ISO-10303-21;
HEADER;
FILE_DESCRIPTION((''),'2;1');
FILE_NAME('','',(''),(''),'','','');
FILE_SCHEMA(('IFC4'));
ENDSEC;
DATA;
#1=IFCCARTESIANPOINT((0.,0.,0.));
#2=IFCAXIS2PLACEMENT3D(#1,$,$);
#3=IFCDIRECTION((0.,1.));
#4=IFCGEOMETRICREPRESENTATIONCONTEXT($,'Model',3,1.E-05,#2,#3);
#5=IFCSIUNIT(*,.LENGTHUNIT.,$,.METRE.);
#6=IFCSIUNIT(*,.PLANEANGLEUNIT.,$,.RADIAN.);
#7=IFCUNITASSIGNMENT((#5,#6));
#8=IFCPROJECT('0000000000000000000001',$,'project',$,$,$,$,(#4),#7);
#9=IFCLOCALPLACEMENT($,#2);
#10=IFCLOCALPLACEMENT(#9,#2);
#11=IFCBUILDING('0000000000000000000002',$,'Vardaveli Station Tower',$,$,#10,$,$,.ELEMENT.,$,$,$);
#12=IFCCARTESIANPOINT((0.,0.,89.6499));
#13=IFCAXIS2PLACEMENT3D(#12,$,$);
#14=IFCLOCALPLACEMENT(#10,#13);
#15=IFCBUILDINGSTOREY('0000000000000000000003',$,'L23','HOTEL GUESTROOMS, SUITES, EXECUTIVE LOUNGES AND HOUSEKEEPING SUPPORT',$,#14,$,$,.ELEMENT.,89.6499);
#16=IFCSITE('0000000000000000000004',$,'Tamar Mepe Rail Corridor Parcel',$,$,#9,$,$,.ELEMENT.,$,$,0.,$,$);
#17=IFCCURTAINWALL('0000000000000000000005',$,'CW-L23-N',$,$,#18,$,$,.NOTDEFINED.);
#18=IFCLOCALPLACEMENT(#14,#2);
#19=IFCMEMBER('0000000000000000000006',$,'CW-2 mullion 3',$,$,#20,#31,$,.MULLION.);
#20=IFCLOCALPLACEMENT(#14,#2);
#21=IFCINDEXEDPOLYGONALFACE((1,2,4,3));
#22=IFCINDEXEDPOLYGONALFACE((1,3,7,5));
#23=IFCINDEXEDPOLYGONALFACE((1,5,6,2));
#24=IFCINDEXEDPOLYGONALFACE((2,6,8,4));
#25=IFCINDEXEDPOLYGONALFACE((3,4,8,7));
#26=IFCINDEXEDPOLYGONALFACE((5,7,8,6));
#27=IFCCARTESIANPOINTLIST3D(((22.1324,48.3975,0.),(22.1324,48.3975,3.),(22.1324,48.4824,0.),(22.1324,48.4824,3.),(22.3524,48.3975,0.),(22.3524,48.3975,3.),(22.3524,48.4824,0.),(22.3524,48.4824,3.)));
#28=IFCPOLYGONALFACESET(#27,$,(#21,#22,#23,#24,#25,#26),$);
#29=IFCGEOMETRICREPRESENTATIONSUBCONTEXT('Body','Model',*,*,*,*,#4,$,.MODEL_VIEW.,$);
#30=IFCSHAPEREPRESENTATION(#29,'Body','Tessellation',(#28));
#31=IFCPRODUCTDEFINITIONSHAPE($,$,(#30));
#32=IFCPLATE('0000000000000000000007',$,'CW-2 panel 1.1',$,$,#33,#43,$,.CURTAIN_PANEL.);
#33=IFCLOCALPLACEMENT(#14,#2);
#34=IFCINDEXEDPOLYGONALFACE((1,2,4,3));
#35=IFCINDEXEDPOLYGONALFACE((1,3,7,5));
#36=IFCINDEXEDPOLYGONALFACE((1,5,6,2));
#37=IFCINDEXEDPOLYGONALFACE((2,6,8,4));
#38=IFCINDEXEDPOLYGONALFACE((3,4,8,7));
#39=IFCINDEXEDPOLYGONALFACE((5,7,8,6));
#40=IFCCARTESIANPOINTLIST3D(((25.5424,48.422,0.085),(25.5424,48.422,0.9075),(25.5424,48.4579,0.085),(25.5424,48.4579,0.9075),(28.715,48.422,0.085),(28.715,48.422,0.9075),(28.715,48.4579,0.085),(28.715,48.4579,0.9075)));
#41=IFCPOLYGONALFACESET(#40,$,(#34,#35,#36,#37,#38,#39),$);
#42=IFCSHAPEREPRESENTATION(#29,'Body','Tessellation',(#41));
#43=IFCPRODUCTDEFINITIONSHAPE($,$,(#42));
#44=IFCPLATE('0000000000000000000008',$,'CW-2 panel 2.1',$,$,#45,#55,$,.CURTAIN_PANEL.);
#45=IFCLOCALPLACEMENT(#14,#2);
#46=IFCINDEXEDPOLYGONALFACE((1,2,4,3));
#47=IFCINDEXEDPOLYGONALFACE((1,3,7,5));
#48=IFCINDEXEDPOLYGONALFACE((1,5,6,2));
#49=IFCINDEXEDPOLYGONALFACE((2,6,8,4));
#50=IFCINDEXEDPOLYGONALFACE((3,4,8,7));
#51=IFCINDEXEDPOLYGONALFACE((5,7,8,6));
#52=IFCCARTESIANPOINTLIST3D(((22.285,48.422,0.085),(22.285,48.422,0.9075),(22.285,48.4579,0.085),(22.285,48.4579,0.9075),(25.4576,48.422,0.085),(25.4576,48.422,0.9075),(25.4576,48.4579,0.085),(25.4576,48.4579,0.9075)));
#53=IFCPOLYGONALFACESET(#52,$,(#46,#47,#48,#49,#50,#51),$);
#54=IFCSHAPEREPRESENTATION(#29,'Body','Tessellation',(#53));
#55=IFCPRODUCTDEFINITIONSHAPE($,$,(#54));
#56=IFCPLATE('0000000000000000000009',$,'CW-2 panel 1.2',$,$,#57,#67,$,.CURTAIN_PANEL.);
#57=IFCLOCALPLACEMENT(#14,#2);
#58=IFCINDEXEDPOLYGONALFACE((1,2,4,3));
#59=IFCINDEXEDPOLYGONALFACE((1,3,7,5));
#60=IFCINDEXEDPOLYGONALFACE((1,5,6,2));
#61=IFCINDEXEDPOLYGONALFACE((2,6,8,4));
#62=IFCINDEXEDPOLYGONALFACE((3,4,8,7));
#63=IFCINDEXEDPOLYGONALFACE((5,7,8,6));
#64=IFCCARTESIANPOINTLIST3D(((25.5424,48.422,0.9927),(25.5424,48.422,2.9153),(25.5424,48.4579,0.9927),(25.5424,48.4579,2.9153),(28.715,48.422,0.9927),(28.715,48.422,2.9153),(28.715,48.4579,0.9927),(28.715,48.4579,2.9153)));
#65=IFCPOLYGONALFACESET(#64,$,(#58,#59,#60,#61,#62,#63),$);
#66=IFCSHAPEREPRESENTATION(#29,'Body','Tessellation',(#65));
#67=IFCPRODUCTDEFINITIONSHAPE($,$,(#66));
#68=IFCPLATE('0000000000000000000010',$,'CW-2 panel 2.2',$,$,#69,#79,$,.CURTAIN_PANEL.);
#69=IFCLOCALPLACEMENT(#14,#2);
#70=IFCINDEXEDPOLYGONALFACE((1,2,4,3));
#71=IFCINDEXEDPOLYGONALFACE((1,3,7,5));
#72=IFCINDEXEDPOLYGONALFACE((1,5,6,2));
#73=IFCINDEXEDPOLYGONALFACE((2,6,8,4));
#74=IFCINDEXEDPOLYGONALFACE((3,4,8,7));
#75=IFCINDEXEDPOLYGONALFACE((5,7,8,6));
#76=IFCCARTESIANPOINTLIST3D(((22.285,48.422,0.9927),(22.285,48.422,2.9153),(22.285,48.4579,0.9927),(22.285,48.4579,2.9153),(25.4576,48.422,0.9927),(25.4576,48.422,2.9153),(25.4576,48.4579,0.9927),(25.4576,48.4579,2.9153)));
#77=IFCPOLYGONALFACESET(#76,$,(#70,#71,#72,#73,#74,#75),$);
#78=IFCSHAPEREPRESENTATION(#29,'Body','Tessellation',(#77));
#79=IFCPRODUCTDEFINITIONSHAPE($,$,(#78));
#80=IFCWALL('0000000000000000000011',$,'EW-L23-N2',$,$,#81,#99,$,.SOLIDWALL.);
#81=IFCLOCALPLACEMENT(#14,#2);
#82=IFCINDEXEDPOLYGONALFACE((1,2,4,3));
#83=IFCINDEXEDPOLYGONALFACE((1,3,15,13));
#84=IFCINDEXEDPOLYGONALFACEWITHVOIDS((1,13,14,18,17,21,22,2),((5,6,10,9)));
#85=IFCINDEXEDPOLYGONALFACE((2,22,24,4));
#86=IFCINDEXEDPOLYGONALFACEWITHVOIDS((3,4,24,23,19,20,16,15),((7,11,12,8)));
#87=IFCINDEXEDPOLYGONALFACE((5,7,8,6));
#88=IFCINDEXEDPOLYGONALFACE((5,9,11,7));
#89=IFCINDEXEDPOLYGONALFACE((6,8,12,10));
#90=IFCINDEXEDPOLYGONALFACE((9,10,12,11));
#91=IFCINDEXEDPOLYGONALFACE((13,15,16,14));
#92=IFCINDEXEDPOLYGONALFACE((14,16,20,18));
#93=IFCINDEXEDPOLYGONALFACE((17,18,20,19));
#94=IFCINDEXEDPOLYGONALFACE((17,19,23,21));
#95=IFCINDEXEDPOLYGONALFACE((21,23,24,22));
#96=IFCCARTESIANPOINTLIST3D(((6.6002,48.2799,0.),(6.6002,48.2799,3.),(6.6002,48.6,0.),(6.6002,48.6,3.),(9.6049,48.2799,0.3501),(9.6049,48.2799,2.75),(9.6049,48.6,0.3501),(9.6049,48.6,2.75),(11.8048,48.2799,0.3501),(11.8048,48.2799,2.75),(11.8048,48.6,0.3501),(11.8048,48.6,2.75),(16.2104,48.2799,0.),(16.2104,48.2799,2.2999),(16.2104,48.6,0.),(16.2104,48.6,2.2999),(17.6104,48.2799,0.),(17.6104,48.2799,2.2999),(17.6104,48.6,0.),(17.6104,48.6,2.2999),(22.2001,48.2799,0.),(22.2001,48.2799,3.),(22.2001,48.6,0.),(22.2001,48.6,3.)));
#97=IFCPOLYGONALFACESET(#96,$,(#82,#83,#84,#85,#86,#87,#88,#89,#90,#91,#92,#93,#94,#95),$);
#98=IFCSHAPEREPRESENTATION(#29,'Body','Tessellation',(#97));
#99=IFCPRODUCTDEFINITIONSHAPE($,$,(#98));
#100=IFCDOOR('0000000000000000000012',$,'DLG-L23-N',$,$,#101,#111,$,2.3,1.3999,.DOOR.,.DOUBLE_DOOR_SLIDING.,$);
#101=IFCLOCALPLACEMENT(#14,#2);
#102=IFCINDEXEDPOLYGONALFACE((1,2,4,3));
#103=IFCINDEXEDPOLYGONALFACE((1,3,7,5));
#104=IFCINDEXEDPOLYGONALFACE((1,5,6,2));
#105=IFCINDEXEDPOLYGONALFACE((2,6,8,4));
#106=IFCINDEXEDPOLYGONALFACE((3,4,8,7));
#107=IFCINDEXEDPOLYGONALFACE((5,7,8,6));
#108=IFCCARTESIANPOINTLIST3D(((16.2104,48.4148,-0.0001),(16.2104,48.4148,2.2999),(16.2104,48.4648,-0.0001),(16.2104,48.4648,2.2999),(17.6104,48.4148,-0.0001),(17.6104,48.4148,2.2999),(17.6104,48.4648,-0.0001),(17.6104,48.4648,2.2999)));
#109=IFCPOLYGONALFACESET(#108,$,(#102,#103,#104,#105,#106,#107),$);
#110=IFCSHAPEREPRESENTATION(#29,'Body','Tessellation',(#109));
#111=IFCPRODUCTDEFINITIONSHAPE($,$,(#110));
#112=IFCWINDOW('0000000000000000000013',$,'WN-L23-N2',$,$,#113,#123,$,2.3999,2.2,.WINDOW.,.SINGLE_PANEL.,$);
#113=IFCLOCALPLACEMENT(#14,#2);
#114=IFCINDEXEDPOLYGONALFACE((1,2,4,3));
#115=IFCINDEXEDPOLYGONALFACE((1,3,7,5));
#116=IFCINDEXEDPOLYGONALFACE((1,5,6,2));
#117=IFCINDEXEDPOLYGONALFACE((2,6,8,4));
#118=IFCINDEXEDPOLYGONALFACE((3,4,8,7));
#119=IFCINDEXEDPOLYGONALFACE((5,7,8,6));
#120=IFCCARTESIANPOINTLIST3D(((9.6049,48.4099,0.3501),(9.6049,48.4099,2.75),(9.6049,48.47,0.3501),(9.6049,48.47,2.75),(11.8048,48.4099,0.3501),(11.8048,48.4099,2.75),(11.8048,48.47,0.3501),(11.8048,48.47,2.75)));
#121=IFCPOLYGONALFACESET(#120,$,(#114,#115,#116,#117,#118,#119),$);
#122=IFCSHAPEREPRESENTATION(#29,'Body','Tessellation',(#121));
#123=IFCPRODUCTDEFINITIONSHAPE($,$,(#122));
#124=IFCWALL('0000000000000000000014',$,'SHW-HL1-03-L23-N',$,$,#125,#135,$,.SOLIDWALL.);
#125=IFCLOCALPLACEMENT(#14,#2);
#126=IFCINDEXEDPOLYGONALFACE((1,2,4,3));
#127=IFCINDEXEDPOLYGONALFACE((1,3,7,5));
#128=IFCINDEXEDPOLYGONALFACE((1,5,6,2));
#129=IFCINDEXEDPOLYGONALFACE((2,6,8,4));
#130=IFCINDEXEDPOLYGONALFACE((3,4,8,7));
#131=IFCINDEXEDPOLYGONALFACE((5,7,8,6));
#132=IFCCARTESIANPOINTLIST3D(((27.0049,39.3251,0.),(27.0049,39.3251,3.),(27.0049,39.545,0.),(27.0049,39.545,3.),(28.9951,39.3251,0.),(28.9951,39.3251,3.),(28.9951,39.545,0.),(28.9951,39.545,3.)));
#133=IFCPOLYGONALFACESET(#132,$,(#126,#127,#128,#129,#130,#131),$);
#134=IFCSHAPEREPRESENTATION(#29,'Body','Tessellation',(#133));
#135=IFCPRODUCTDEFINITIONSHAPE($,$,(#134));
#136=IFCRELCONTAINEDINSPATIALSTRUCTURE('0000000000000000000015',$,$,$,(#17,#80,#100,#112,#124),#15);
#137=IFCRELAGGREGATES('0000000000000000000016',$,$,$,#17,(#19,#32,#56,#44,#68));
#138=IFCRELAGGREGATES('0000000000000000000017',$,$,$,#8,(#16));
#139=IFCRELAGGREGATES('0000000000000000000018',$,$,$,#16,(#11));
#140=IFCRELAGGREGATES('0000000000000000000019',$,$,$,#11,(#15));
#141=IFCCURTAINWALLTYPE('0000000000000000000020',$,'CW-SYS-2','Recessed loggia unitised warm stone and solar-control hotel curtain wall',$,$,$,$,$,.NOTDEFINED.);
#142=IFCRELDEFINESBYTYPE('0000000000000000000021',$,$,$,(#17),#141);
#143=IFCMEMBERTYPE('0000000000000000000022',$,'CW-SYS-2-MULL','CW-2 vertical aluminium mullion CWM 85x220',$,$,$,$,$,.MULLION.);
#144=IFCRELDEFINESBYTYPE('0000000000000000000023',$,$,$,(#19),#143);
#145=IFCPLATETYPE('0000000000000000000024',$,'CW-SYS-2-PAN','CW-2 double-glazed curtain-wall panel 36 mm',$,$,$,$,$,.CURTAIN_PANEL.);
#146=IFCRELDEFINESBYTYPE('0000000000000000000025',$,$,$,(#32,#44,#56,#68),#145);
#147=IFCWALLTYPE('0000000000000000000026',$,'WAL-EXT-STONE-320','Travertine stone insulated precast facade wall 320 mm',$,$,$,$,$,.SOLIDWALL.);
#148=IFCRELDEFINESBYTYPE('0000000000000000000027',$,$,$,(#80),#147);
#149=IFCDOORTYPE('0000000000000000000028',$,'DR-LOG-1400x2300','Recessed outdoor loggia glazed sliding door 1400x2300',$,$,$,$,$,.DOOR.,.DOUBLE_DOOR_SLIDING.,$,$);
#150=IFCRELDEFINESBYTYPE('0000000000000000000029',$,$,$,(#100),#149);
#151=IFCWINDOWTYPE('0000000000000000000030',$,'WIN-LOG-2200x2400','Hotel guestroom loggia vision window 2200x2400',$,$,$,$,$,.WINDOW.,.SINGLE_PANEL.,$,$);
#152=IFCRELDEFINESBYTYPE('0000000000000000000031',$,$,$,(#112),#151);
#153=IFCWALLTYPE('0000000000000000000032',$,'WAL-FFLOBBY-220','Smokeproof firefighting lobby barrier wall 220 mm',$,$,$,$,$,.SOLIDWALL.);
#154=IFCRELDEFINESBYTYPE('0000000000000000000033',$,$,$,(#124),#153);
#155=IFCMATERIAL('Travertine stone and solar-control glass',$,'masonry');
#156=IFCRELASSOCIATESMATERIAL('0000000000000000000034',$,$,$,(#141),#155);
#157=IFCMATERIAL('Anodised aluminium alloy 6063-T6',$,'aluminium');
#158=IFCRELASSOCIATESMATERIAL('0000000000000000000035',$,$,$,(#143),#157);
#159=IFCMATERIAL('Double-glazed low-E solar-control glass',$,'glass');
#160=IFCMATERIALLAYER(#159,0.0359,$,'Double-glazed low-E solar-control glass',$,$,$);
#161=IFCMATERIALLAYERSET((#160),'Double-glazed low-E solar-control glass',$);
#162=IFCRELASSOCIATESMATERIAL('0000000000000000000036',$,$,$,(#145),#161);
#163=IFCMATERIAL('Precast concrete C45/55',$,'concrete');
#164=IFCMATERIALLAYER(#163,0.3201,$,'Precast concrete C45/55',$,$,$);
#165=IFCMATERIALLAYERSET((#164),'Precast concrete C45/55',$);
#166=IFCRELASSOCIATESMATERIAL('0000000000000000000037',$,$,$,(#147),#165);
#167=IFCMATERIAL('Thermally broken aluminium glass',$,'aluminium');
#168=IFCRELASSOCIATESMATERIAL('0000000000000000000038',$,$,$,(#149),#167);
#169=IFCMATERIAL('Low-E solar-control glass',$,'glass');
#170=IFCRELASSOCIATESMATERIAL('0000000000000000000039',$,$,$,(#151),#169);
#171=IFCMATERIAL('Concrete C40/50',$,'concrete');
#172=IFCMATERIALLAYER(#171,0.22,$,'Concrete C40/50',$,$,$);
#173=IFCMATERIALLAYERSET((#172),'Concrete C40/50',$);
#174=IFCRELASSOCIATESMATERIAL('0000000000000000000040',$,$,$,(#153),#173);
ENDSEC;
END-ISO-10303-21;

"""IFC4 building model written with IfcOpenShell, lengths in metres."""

from ifc_helpers import new_model, si_unit, direction, frame, frame_2d, origin, origin_2d, place, context, subcontext, project, spatial, rectangle, extrude, source, transform, mapped, material, layer, layer_set, material_profile, profile_set, type_object, element, fill, aggregate, save


model = new_model("IFC4")

# Units and contexts
model_context = context("Model", 3, precision=1e-05, world=origin(), true_north=direction((0.0, 1.0)))
body_context = subcontext(model_context, "Body", "Model", "MODEL_VIEW")
ifc_project = project(units=[si_unit("LENGTHUNIT", "METRE"), si_unit("PLANEANGLEUNIT", "RADIAN")], contexts=[model_context])

# Site, building, storey
site_placement = place(None, origin())
site = spatial("IfcSite", under=ifc_project, at=site_placement, Name="Tamar Mepe Rail Corridor Parcel", CompositionType="ELEMENT", RefElevation=0.0)
building_placement = place(site_placement, origin())
building = spatial("IfcBuilding", under=site, at=building_placement, Name="Vardaveli Station Tower", CompositionType="ELEMENT")
storey_placement = place(building_placement, frame((0.0, 0.0, 89.6499)))
storey = spatial("IfcBuildingStorey", under=building, at=storey_placement, Name="L23", Description="HOTEL GUESTROOMS, SUITES, EXECUTIVE LOUNGES AND HOUSEKEEPING SUPPORT", CompositionType="ELEMENT", Elevation=89.6499)

# Shared definitions
ifc_material_1 = material(Name="Precast concrete C45/55", Category="concrete")

# Curtain wall, member, plates
ifc_material_2 = material(Name="Travertine stone and solar-control glass", Category="masonry")
curtain_wall_type = type_object("IfcCurtainWallType", Name="CW-SYS-2", Description="Recessed loggia unitised warm stone and solar-control hotel curtain wall", PredefinedType="NOTDEFINED", material=ifc_material_2)
curtain_wall_placement = place(storey_placement, origin())
curtain_wall = element("IfcCurtainWall", 1, at=curtain_wall_placement, inside=storey, type_object=curtain_wall_type, Name="CW-L23-N", PredefinedType="NOTDEFINED")
ifc_material_3 = material(Name="Anodised aluminium alloy 6063-T6", Category="aluminium")
ifc_material_profile_1 = material_profile(ifc_material_3, rectangle(XDim=0.085, YDim=0.22, at=origin_2d()), Name="CWM 85x220")
ifc_profile_set_1 = profile_set([ifc_material_profile_1], Name="Anodised aluminium alloy 6063-T6")
member_type_1 = type_object("IfcMemberType", Name="CW-SYS-2-MULL", Description="CW-2 vertical aluminium mullion CWM 85x220", PredefinedType="MULLION", material=ifc_profile_set_1)
shared_shape_1 = source(origin(), body_context, "Body", "SweptSolid", [
    extrude(rectangle(XDim=0.085, YDim=0.22, at=origin_2d()), origin(), (0.0, 0.0, 1.0), 3.0),
])
member_1_placement = place(storey_placement, frame((22.2424, 48.4399, 0.0), z_axis=(0.0, 0.0, 1.0), x_axis=(0.0, -1.0, 0.0)))
member_1 = element("IfcMember", 2, at=member_1_placement, type_object=member_type_1, Name="CW-2 mullion 3", PredefinedType="MULLION", context=body_context, shape_type="MappedRepresentation", body=[
    mapped(shared_shape_1, transform((0.0, 0.0, 0.0), scale=1.0)),
])
ifc_material_4 = material(Name="Double-glazed low-E solar-control glass", Category="glass")
ifc_layer_1 = layer(ifc_material_4, 0.0359, Name="Double-glazed low-E solar-control glass")
ifc_layer_set_1 = layer_set([ifc_layer_1], Name="Double-glazed low-E solar-control glass")
plate_type = type_object("IfcPlateType", Name="CW-SYS-2-PAN", Description="CW-2 double-glazed curtain-wall panel 36 mm", PredefinedType="CURTAIN_PANEL", material=ifc_layer_set_1)
shared_shape_2 = source(origin(), body_context, "Body", "SweptSolid", [
    extrude(rectangle(XDim=3.1726, YDim=0.0359, at=origin_2d()), origin(), (0.0, 0.0, 1.0), 0.8225),
])
plate_1_placement = place(storey_placement, frame((27.1287, 48.4399, 0.085), z_axis=(0.0, 0.0, 1.0), x_axis=(-1.0, 0.0, 0.0)))
plate_1 = element("IfcPlate", 3, at=plate_1_placement, type_object=plate_type, Name="CW-2 panel 1.1", PredefinedType="CURTAIN_PANEL", context=body_context, shape_type="MappedRepresentation", body=[
    mapped(shared_shape_2, transform((0.0, 0.0, 0.0), scale=1.0)),
])
plate_2_placement = place(storey_placement, frame((23.8713, 48.4399, 0.085), z_axis=(0.0, 0.0, 1.0), x_axis=(-1.0, 0.0, 0.0)))
plate_2 = element("IfcPlate", 4, at=plate_2_placement, type_object=plate_type, Name="CW-2 panel 2.1", PredefinedType="CURTAIN_PANEL", context=body_context, shape_type="MappedRepresentation", body=[
    mapped(shared_shape_2, transform((0.0, 0.0, 0.0), scale=1.0)),
])
shared_shape_3 = source(origin(), body_context, "Body", "SweptSolid", [
    extrude(rectangle(XDim=3.1726, YDim=0.0359, at=origin_2d()), origin(), (0.0, 0.0, 1.0), 1.9226),
])
plate_3_placement = place(storey_placement, frame((27.1287, 48.4399, 0.9927), z_axis=(0.0, 0.0, 1.0), x_axis=(-1.0, 0.0, 0.0)))
plate_3 = element("IfcPlate", 5, at=plate_3_placement, type_object=plate_type, Name="CW-2 panel 1.2", PredefinedType="CURTAIN_PANEL", context=body_context, shape_type="MappedRepresentation", body=[
    mapped(shared_shape_3, transform((0.0, 0.0, 0.0), scale=1.0)),
])
plate_4_placement = place(storey_placement, frame((23.8713, 48.4399, 0.9927), z_axis=(0.0, 0.0, 1.0), x_axis=(-1.0, 0.0, 0.0)))
plate_4 = element("IfcPlate", 6, at=plate_4_placement, type_object=plate_type, Name="CW-2 panel 2.2", PredefinedType="CURTAIN_PANEL", context=body_context, shape_type="MappedRepresentation", body=[
    mapped(shared_shape_3, transform((0.0, 0.0, 0.0), scale=1.0)),
])
aggregate(curtain_wall, [member_1, plate_1, plate_3, plate_2, plate_4])

# Wall, openings, door, window
ifc_layer_2 = layer(ifc_material_1, 0.3201, Name="Precast concrete C45/55")
ifc_layer_set_2 = layer_set([ifc_layer_2], Name="Precast concrete C45/55")
wall_type_1 = type_object("IfcWallType", Name="WAL-EXT-STONE-320", Description="Travertine stone insulated precast facade wall 320 mm", PredefinedType="SOLIDWALL", material=ifc_layer_set_2)
shared_shape_4 = source(origin(), body_context, "Body", "SweptSolid", [
    extrude(rectangle(XDim=15.5999, YDim=0.3201, at=frame_2d((7.7998, 0.0))), origin(), (0.0, 0.0, 1.0), 3.0),
])
wall_1_placement = place(storey_placement, frame((22.2, 48.4399, 0.0), z_axis=(0.0, 0.0, 1.0), x_axis=(-1.0, 0.0, 0.0)))
wall_1 = element("IfcWall", 7, at=wall_1_placement, inside=storey, type_object=wall_type_1, Name="EW-L23-N2", PredefinedType="SOLIDWALL", context=body_context, shape_type="MappedRepresentation", body=[
    mapped(shared_shape_4, transform((0.0, 0.0, 0.0), scale=1.0)),
])
shared_shape_5 = source(origin(), body_context, "Body", "SweptSolid", [
    extrude(rectangle(XDim=1.3999, YDim=2.3, at=frame_2d((0.7, 1.1499))), frame((0.0, 0.1699, 0.0), z_axis=(0.0, -1.0, 0.0), x_axis=(1.0, 0.0, 0.0)), (0.0, 0.0, 1.0), 0.3401),
])
opening_1_placement = place(wall_1_placement, frame((4.5896, 0.0, 0.0)))
opening_1 = element("IfcOpeningElement", 8, at=opening_1_placement, cuts=wall_1, PredefinedType="OPENING", context=body_context, shape_type="MappedRepresentation", body=[
    mapped(shared_shape_5, transform((0.0, 0.0, 0.0), scale=1.0)),
])
shared_shape_6 = source(origin(), body_context, "Body", "SweptSolid", [
    extrude(rectangle(XDim=2.2, YDim=2.3999, at=frame_2d((1.1001, 1.2))), frame((0.0, 0.1699, 0.0), z_axis=(0.0, -1.0, 0.0), x_axis=(1.0, 0.0, 0.0)), (0.0, 0.0, 1.0), 0.3401),
])
opening_2_placement = place(wall_1_placement, frame((10.395, 0.0, 0.3501)))
opening_2 = element("IfcOpeningElement", 9, at=opening_2_placement, cuts=wall_1, PredefinedType="OPENING", context=body_context, shape_type="MappedRepresentation", body=[
    mapped(shared_shape_6, transform((0.0, 0.0, 0.0), scale=1.0)),
])
ifc_material_5 = material(Name="Thermally broken aluminium glass", Category="aluminium")
door_type_1 = type_object("IfcDoorType", Name="DR-LOG-1400x2300", Description="Recessed outdoor loggia glazed sliding door 1400x2300", OperationType="DOUBLE_DOOR_SLIDING", PredefinedType="DOOR", material=ifc_material_5)
shared_shape_7 = source(origin(), body_context, "Body", "SweptSolid", [
    extrude(rectangle(XDim=1.3999, YDim=2.3, at=frame_2d((0.7, 1.1499))), frame((0.0, 0.0249, 0.0), z_axis=(0.0, -1.0, 0.0), x_axis=(1.0, 0.0, 0.0)), (0.0, 0.0, 1.0), 0.05),
])
door_1_placement = place(opening_1_placement, frame((1.3999, 0.0, 0.0), z_axis=(0.0, 0.0, 1.0), x_axis=(-1.0, 0.0, 0.0)))
door_1 = element("IfcDoor", 10, at=door_1_placement, inside=storey, type_object=door_type_1, Name="DLG-L23-N", OperationType="DOUBLE_DOOR_SLIDING", OverallHeight=2.3, OverallWidth=1.3999, PredefinedType="DOOR", context=body_context, shape_type="MappedRepresentation", body=[
    mapped(shared_shape_7, transform((0.0, 0.0, 0.0), scale=1.0)),
])
fill(opening_1, door_1)
ifc_material_6 = material(Name="Low-E solar-control glass", Category="glass")
window_type = type_object("IfcWindowType", Name="WIN-LOG-2200x2400", Description="Hotel guestroom loggia vision window 2200x2400", PartitioningType="SINGLE_PANEL", PredefinedType="WINDOW", material=ifc_material_6)
shared_shape_8 = source(origin(), body_context, "Body", "SweptSolid", [
    extrude(rectangle(XDim=2.2, YDim=2.3999, at=frame_2d((1.1001, 1.2))), frame((0.0, 0.03, 0.0), z_axis=(0.0, -1.0, 0.0), x_axis=(1.0, 0.0, 0.0)), (0.0, 0.0, 1.0), 0.0601),
])
window_placement = place(opening_2_placement, origin())
window = element("IfcWindow", 11, at=window_placement, inside=storey, type_object=window_type, Name="WN-L23-N2", OverallHeight=2.3999, OverallWidth=2.2, PartitioningType="SINGLE_PANEL", PredefinedType="WINDOW", context=body_context, shape_type="MappedRepresentation", body=[
    mapped(shared_shape_8, transform((0.0, 0.0, 0.0), scale=1.0)),
])
fill(opening_2, window)

# Wall
ifc_material_7 = material(Name="Concrete C40/50", Category="concrete")
ifc_layer_3 = layer(ifc_material_7, 0.22, Name="Concrete C40/50")
ifc_layer_set_3 = layer_set([ifc_layer_3], Name="Concrete C40/50")
wall_type_2 = type_object("IfcWallType", Name="WAL-FFLOBBY-220", Description="Smokeproof firefighting lobby barrier wall 220 mm", PredefinedType="SOLIDWALL", material=ifc_layer_set_3)
shared_shape_9 = source(origin(), body_context, "Body", "SweptSolid", [
    extrude(rectangle(XDim=1.9902, YDim=0.22, at=frame_2d((0.9951, 0.0))), origin(), (0.0, 0.0, 1.0), 3.0),
])
wall_2_placement = place(storey_placement, frame((27.0049, 39.4351, 0.0), z_axis=(0.0, 0.0, 1.0), x_axis=(1.0, 0.0, 0.0)))
element("IfcWall", 12, at=wall_2_placement, inside=storey, type_object=wall_type_2, Name="SHW-HL1-03-L23-N", PredefinedType="SOLIDWALL", context=body_context, shape_type="MappedRepresentation", body=[
    mapped(shared_shape_9, transform((0.0, 0.0, 0.0), scale=1.0)),
])

save(model, "model.ifc")
